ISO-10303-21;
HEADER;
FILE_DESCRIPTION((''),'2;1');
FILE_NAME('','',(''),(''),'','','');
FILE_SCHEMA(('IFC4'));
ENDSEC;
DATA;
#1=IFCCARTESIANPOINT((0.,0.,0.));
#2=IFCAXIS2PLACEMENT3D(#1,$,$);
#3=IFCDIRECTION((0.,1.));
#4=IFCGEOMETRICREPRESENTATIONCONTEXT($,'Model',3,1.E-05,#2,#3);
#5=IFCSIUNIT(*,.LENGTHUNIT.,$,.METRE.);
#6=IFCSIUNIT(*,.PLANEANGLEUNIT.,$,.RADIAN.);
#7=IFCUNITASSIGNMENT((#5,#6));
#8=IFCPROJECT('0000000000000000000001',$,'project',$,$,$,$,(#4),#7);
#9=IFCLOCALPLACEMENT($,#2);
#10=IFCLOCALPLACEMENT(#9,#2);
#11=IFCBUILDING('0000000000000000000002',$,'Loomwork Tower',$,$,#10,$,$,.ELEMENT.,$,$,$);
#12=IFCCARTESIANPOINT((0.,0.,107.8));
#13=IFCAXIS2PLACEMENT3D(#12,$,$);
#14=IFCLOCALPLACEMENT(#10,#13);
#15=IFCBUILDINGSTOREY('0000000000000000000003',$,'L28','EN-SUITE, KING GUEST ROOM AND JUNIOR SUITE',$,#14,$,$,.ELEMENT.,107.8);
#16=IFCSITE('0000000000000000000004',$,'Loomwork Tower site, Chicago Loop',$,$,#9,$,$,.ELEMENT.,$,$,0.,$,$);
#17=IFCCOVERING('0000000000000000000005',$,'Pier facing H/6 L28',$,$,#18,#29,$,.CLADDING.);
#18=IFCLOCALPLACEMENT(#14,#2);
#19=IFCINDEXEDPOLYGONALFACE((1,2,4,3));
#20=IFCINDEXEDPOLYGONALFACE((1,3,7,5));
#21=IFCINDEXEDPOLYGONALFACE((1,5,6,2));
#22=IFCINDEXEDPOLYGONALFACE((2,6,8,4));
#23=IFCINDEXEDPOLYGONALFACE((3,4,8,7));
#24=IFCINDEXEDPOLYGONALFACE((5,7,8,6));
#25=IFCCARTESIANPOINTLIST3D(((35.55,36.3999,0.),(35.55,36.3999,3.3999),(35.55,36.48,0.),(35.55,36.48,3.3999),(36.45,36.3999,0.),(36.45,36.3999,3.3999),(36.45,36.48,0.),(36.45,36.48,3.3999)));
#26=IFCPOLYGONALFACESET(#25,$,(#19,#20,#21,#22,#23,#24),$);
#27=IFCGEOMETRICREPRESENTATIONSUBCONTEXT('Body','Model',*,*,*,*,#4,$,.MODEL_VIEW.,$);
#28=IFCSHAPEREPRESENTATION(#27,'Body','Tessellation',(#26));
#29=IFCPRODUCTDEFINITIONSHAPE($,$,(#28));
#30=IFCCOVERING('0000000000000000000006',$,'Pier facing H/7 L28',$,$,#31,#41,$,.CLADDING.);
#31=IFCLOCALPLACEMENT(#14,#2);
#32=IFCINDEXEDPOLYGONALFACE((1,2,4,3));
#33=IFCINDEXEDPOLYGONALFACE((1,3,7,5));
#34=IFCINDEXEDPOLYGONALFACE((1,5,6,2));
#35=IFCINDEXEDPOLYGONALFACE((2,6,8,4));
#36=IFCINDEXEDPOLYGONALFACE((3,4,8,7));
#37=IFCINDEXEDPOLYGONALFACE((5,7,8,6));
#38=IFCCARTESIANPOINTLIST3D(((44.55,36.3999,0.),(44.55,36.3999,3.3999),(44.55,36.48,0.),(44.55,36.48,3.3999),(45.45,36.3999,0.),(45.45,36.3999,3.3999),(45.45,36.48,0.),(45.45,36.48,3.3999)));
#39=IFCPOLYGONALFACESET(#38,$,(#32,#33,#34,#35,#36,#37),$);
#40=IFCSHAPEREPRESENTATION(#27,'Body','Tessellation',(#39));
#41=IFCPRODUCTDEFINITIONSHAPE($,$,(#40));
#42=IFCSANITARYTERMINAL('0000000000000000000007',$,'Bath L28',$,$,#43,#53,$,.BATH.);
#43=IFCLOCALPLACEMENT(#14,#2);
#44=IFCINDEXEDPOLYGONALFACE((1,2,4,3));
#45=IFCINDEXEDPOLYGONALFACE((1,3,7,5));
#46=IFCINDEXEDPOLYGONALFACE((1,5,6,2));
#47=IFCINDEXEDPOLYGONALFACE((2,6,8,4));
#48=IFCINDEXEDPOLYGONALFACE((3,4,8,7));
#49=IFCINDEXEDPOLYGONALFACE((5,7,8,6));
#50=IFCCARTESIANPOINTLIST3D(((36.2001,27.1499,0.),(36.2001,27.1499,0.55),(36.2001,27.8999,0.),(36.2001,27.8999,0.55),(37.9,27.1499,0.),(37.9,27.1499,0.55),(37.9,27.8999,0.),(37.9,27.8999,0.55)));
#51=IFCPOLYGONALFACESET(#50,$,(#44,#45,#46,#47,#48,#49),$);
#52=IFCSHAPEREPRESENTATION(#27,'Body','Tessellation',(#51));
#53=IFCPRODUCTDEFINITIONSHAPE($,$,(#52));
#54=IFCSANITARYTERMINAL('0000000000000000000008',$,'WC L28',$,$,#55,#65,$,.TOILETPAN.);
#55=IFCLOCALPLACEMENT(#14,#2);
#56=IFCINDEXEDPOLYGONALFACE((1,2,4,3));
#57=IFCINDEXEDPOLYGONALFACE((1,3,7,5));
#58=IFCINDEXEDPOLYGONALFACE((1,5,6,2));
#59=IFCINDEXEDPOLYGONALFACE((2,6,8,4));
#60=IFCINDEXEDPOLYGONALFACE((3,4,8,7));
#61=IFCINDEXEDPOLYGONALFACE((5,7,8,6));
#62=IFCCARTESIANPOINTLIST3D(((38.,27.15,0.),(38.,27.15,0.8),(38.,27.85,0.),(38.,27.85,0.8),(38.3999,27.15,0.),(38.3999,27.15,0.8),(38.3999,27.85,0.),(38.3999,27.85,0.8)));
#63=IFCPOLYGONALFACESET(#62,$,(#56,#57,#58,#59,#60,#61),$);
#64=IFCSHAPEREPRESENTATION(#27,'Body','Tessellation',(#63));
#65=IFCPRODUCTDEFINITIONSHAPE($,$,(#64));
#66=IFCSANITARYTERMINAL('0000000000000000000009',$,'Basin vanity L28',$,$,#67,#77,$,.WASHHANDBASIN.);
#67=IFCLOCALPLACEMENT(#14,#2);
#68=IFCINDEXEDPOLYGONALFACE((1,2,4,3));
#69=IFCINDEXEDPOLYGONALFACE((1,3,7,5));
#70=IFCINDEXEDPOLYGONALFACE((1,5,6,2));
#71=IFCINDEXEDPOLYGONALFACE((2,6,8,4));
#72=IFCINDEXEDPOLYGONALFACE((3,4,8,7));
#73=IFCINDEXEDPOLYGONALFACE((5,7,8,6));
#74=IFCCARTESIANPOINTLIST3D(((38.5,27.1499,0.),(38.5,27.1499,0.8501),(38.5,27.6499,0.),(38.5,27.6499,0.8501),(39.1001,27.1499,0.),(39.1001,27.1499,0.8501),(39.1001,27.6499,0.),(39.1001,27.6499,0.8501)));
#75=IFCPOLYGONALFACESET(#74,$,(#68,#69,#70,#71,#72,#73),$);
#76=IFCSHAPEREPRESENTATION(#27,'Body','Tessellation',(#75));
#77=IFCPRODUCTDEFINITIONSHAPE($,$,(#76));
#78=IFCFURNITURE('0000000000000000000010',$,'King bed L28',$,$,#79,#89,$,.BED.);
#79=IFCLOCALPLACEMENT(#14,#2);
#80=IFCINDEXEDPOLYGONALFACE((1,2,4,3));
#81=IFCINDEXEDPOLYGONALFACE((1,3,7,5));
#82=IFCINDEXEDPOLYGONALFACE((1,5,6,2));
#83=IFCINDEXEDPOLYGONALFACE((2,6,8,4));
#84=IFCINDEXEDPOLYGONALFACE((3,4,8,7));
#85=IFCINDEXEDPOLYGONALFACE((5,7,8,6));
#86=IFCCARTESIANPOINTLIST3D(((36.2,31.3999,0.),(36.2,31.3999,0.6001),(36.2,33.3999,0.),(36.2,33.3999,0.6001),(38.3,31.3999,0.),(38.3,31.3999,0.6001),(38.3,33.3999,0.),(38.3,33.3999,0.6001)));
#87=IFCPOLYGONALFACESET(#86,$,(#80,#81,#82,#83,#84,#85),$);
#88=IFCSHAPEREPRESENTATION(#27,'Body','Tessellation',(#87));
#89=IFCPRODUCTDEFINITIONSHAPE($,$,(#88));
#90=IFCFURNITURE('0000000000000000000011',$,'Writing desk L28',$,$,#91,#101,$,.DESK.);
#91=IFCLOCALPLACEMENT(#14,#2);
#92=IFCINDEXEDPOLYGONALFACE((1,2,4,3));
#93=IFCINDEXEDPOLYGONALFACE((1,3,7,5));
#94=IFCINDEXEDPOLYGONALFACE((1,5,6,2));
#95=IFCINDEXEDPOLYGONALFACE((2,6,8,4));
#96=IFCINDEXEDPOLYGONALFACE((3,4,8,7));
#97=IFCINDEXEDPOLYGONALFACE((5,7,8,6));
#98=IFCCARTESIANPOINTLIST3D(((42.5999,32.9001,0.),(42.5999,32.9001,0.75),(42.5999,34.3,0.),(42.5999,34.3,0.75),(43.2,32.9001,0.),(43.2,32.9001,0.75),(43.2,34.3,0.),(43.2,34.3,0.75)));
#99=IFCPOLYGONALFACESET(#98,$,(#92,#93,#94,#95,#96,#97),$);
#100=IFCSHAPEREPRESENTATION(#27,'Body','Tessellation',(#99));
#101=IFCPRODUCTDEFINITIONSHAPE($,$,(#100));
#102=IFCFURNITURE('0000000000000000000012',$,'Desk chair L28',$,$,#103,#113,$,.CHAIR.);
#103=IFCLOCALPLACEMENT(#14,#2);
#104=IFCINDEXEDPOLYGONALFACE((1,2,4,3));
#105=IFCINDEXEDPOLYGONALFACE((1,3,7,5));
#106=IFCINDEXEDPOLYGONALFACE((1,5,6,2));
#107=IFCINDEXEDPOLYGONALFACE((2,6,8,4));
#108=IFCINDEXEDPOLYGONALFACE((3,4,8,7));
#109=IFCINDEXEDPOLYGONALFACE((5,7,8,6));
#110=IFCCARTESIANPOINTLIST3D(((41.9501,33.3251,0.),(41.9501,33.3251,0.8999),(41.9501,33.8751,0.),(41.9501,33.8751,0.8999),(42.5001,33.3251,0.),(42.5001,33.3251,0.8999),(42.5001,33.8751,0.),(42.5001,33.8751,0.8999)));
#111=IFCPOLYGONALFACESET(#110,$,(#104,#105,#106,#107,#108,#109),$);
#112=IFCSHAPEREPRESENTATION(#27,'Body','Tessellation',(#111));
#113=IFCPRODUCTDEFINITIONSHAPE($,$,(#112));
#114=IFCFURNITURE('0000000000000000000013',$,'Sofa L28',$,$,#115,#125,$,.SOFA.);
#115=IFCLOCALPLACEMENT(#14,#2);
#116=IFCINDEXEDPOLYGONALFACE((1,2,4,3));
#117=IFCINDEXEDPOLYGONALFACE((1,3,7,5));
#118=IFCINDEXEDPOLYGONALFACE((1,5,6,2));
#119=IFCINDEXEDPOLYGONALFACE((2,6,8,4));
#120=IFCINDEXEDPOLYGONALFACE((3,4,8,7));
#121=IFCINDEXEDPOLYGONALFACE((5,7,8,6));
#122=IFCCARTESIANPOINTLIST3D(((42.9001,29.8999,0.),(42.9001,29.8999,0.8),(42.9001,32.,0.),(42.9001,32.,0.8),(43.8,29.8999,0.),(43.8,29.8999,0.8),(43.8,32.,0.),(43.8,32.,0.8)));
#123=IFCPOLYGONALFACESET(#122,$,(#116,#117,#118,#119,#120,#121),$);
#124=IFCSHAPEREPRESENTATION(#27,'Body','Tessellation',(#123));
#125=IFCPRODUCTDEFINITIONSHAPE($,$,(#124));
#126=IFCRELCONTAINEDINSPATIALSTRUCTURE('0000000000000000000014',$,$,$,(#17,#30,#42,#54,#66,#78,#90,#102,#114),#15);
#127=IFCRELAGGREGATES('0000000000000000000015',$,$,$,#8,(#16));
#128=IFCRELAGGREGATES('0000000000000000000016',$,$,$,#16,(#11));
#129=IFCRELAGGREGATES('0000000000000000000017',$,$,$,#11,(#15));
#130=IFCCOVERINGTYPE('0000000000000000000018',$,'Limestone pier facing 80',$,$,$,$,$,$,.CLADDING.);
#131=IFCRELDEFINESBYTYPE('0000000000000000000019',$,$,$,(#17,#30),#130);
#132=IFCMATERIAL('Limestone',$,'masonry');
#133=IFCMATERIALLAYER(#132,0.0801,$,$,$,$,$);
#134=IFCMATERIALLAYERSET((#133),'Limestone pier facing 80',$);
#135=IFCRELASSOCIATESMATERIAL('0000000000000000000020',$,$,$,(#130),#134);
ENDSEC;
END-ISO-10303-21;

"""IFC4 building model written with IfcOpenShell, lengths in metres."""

from ifc_helpers import new_model, si_unit, direction, frame, origin, origin_2d, place, context, subcontext, project, spatial, rectangle, extrude, material, layer, layer_set, type_object, element, save


model = new_model("IFC4")

# Units and contexts
model_context = context("Model", 3, precision=1e-05, world=origin(), true_north=direction((0.0, 1.0)))
body_context = subcontext(model_context, "Body", "Model", "MODEL_VIEW")
ifc_project = project(units=[si_unit("LENGTHUNIT", "METRE"), si_unit("PLANEANGLEUNIT", "RADIAN")], contexts=[model_context])

# Site, building, storey
site_placement = place(None, origin())
site = spatial("IfcSite", under=ifc_project, at=site_placement, Name="Loomwork Tower site, Chicago Loop", CompositionType="ELEMENT", RefElevation=0.0)
building_placement = place(site_placement, origin())
building = spatial("IfcBuilding", under=site, at=building_placement, Name="Loomwork Tower", CompositionType="ELEMENT")
storey_placement = place(building_placement, frame((0.0, 0.0, 107.8)))
storey = spatial("IfcBuildingStorey", under=building, at=storey_placement, Name="L28", Description="EN-SUITE, KING GUEST ROOM AND JUNIOR SUITE", CompositionType="ELEMENT", Elevation=107.8)

# Coverings
ifc_material_1 = material(Name="Limestone", Category="masonry")
ifc_layer_1 = layer(ifc_material_1, 0.0801)
ifc_layer_set_1 = layer_set([ifc_layer_1], Name="Limestone pier facing 80")
covering_type = type_object("IfcCoveringType", Name="Limestone pier facing 80", PredefinedType="CLADDING", material=ifc_layer_set_1)
for number, where, z_axis, x_axis, name in (
    (1, (36.0, 36.4399, 0.0), (0.0, 0.0, 1.0), (1.0, 0.0, 0.0), "Pier facing H/6 L28"),
    (2, (45.0, 36.4399, 0.0), (0.0, 0.0, 1.0), (1.0, 0.0, 0.0), "Pier facing H/7 L28"),
):
    element("IfcCovering", number, at=place(storey_placement, frame(where, z_axis=z_axis, x_axis=x_axis)), inside=storey, type_object=covering_type, Name=name, PredefinedType="CLADDING", context=body_context, shape_type="SweptSolid", body=[
        extrude(rectangle(XDim=0.8999, YDim=0.0801, at=origin_2d()), origin(), (0.0, 0.0, 1.0), 3.3999),
    ])

# Sanitary terminals
sanitary_terminal_1_placement = place(storey_placement, frame((37.05, 27.5249, 0.0), z_axis=(0.0, 0.0, 1.0), x_axis=(1.0, 0.0, 0.0)))
element("IfcSanitaryTerminal", 3, at=sanitary_terminal_1_placement, inside=storey, Name="Bath L28", PredefinedType="BATH", context=body_context, shape_type="SweptSolid", body=[
    extrude(rectangle(XDim=1.7, YDim=0.75, at=origin_2d()), origin(), (0.0, 0.0, 1.0), 0.55),
])
sanitary_terminal_2_placement = place(storey_placement, frame((38.2, 27.5, 0.0), z_axis=(0.0, 0.0, 1.0), x_axis=(1.0, 0.0, 0.0)))
element("IfcSanitaryTerminal", 4, at=sanitary_terminal_2_placement, inside=storey, Name="WC L28", PredefinedType="TOILETPAN", context=body_context, shape_type="SweptSolid", body=[
    extrude(rectangle(XDim=0.3999, YDim=0.7, at=origin_2d()), origin(), (0.0, 0.0, 1.0), 0.8),
])
sanitary_terminal_3_placement = place(storey_placement, frame((38.8, 27.3999, 0.0), z_axis=(0.0, 0.0, 1.0), x_axis=(1.0, 0.0, 0.0)))
element("IfcSanitaryTerminal", 5, at=sanitary_terminal_3_placement, inside=storey, Name="Basin vanity L28", PredefinedType="WASHHANDBASIN", context=body_context, shape_type="SweptSolid", body=[
    extrude(rectangle(XDim=0.6001, YDim=0.5, at=origin_2d()), origin(), (0.0, 0.0, 1.0), 0.8501),
])

# Furniture
furniture_1_placement = place(storey_placement, frame((37.25, 32.3999, 0.0), z_axis=(0.0, 0.0, 1.0), x_axis=(1.0, 0.0, 0.0)))
element("IfcFurniture", 6, at=furniture_1_placement, inside=storey, Name="King bed L28", PredefinedType="BED", context=body_context, shape_type="SweptSolid", body=[
    extrude(rectangle(XDim=2.1001, YDim=2.0, at=origin_2d()), origin(), (0.0, 0.0, 1.0), 0.6001),
])
furniture_2_placement = place(storey_placement, frame((42.8999, 33.6001, 0.0), z_axis=(0.0, 0.0, 1.0), x_axis=(1.0, 0.0, 0.0)))
element("IfcFurniture", 7, at=furniture_2_placement, inside=storey, Name="Writing desk L28", PredefinedType="DESK", context=body_context, shape_type="SweptSolid", body=[
    extrude(rectangle(XDim=0.6001, YDim=1.3999, at=origin_2d()), origin(), (0.0, 0.0, 1.0), 0.75),
])
furniture_3_placement = place(storey_placement, frame((42.2251, 33.6001, 0.0), z_axis=(0.0, 0.0, 1.0), x_axis=(1.0, 0.0, 0.0)))
element("IfcFurniture", 8, at=furniture_3_placement, inside=storey, Name="Desk chair L28", PredefinedType="CHAIR", context=body_context, shape_type="SweptSolid", body=[
    extrude(rectangle(XDim=0.55, YDim=0.55, at=origin_2d()), origin(), (0.0, 0.0, 1.0), 0.8999),
])
furniture_4_placement = place(storey_placement, frame((43.3501, 30.95, 0.0), z_axis=(0.0, 0.0, 1.0), x_axis=(1.0, 0.0, 0.0)))
element("IfcFurniture", 9, at=furniture_4_placement, inside=storey, Name="Sofa L28", PredefinedType="SOFA", context=body_context, shape_type="SweptSolid", body=[
    extrude(rectangle(XDim=0.8999, YDim=2.1001, at=origin_2d()), origin(), (0.0, 0.0, 1.0), 0.8),
])

save(model, "model.ifc")
